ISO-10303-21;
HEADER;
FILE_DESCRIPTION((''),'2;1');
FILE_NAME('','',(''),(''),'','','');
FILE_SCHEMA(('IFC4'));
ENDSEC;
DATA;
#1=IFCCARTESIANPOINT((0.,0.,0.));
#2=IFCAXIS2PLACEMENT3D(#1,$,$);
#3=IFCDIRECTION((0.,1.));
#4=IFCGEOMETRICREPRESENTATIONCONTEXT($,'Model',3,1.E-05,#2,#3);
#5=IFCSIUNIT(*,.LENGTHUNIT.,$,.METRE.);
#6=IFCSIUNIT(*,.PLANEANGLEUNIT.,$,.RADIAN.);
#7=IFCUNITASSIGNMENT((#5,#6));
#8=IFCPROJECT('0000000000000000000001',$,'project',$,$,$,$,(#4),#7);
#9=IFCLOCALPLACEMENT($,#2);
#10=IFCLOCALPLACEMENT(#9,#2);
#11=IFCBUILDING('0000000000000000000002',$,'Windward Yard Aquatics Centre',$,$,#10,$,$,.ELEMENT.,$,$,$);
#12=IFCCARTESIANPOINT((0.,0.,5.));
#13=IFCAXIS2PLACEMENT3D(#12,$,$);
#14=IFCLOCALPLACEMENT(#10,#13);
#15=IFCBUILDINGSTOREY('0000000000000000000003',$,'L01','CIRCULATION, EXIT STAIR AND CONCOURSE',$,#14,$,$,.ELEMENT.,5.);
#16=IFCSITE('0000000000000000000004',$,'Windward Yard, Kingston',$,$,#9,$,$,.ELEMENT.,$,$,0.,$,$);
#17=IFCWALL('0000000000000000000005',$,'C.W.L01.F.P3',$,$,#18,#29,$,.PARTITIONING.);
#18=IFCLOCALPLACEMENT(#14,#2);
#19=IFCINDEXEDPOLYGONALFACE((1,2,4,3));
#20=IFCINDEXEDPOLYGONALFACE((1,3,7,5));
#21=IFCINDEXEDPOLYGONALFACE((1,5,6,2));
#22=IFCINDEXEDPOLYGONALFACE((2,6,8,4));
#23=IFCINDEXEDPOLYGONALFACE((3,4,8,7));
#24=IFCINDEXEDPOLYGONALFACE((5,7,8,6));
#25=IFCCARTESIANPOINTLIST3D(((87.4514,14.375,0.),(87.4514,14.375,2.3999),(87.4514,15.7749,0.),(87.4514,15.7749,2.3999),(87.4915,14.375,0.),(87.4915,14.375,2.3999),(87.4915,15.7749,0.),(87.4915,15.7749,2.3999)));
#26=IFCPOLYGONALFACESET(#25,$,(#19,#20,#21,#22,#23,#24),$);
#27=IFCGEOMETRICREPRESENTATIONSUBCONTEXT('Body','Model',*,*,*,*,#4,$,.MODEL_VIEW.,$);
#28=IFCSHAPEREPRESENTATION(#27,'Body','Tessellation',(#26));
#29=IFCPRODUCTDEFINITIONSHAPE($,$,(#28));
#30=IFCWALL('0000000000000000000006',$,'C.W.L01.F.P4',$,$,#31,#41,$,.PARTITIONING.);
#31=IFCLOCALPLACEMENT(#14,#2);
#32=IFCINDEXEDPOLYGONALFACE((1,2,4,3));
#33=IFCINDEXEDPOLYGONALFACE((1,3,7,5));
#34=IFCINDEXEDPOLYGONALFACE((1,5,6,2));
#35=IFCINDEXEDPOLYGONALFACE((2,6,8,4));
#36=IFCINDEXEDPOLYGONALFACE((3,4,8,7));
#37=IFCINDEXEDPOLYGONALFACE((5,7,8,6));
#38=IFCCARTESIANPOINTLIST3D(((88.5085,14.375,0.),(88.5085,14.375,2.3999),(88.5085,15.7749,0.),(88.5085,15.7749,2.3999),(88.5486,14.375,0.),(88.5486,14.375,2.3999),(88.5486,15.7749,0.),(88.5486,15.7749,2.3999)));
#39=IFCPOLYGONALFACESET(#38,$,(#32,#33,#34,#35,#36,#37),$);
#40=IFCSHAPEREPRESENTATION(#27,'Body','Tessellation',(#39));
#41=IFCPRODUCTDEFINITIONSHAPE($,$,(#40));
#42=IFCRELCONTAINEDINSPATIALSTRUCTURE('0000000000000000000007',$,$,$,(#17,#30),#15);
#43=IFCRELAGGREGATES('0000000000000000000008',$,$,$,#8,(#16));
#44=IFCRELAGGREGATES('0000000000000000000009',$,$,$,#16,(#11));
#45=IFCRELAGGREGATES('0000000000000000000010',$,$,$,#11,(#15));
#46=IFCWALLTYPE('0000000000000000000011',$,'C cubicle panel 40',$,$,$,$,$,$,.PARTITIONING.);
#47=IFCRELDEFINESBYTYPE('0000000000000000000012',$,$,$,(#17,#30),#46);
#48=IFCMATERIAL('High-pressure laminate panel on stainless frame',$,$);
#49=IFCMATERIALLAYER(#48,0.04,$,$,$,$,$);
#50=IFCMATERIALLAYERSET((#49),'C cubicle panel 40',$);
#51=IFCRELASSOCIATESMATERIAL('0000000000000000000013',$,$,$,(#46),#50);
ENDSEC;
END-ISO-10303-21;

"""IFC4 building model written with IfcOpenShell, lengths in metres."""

from ifc_helpers import new_model, si_unit, direction, frame, frame_2d, origin, place, context, subcontext, project, spatial, rectangle, extrude, material, layer, layer_set, type_object, element, save


model = new_model("IFC4")

# Units and contexts
model_context = context("Model", 3, precision=1e-05, world=origin(), true_north=direction((0.0, 1.0)))
body_context = subcontext(model_context, "Body", "Model", "MODEL_VIEW")
ifc_project = project(units=[si_unit("LENGTHUNIT", "METRE"), si_unit("PLANEANGLEUNIT", "RADIAN")], contexts=[model_context])

# Site, building, storey
site_placement = place(None, origin())
site = spatial("IfcSite", under=ifc_project, at=site_placement, Name="Windward Yard, Kingston", CompositionType="ELEMENT", RefElevation=0.0)
building_placement = place(site_placement, origin())
building = spatial("IfcBuilding", under=site, at=building_placement, Name="Windward Yard Aquatics Centre", CompositionType="ELEMENT")
storey_placement = place(building_placement, frame((0.0, 0.0, 5.0)))
storey = spatial("IfcBuildingStorey", under=building, at=storey_placement, Name="L01", Description="CIRCULATION, EXIT STAIR AND CONCOURSE", CompositionType="ELEMENT", Elevation=5.0)

# Shared definitions
ifc_material_1 = material(Name="High-pressure laminate panel on stainless frame")
ifc_layer_1 = layer(ifc_material_1, 0.04)
ifc_layer_set_1 = layer_set([ifc_layer_1], Name="C cubicle panel 40")
wall_type_1 = type_object("IfcWallType", Name="C cubicle panel 40", PredefinedType="PARTITIONING", material=ifc_layer_set_1)

# Walls
for number, where, z_axis, x_axis, name in (
    (1, (87.4714, 14.375, 0.0), (0.0, 0.0, 1.0), (0.0, 1.0, 0.0), "C.W.L01.F.P3"),
    (2, (88.5286, 14.375, 0.0), (0.0, 0.0, 1.0), (0.0, 1.0, 0.0), "C.W.L01.F.P4"),
):
    element("IfcWall", number, at=place(storey_placement, frame(where, z_axis=z_axis, x_axis=x_axis)), inside=storey, type_object=wall_type_1, Name=name, PredefinedType="PARTITIONING", context=body_context, shape_type="SweptSolid", body=[
        extrude(rectangle(XDim=1.3999, YDim=0.04, at=frame_2d((0.7, 0.0))), origin(), (0.0, 0.0, 1.0), 2.3999),
    ])

save(model, "model.ifc")
